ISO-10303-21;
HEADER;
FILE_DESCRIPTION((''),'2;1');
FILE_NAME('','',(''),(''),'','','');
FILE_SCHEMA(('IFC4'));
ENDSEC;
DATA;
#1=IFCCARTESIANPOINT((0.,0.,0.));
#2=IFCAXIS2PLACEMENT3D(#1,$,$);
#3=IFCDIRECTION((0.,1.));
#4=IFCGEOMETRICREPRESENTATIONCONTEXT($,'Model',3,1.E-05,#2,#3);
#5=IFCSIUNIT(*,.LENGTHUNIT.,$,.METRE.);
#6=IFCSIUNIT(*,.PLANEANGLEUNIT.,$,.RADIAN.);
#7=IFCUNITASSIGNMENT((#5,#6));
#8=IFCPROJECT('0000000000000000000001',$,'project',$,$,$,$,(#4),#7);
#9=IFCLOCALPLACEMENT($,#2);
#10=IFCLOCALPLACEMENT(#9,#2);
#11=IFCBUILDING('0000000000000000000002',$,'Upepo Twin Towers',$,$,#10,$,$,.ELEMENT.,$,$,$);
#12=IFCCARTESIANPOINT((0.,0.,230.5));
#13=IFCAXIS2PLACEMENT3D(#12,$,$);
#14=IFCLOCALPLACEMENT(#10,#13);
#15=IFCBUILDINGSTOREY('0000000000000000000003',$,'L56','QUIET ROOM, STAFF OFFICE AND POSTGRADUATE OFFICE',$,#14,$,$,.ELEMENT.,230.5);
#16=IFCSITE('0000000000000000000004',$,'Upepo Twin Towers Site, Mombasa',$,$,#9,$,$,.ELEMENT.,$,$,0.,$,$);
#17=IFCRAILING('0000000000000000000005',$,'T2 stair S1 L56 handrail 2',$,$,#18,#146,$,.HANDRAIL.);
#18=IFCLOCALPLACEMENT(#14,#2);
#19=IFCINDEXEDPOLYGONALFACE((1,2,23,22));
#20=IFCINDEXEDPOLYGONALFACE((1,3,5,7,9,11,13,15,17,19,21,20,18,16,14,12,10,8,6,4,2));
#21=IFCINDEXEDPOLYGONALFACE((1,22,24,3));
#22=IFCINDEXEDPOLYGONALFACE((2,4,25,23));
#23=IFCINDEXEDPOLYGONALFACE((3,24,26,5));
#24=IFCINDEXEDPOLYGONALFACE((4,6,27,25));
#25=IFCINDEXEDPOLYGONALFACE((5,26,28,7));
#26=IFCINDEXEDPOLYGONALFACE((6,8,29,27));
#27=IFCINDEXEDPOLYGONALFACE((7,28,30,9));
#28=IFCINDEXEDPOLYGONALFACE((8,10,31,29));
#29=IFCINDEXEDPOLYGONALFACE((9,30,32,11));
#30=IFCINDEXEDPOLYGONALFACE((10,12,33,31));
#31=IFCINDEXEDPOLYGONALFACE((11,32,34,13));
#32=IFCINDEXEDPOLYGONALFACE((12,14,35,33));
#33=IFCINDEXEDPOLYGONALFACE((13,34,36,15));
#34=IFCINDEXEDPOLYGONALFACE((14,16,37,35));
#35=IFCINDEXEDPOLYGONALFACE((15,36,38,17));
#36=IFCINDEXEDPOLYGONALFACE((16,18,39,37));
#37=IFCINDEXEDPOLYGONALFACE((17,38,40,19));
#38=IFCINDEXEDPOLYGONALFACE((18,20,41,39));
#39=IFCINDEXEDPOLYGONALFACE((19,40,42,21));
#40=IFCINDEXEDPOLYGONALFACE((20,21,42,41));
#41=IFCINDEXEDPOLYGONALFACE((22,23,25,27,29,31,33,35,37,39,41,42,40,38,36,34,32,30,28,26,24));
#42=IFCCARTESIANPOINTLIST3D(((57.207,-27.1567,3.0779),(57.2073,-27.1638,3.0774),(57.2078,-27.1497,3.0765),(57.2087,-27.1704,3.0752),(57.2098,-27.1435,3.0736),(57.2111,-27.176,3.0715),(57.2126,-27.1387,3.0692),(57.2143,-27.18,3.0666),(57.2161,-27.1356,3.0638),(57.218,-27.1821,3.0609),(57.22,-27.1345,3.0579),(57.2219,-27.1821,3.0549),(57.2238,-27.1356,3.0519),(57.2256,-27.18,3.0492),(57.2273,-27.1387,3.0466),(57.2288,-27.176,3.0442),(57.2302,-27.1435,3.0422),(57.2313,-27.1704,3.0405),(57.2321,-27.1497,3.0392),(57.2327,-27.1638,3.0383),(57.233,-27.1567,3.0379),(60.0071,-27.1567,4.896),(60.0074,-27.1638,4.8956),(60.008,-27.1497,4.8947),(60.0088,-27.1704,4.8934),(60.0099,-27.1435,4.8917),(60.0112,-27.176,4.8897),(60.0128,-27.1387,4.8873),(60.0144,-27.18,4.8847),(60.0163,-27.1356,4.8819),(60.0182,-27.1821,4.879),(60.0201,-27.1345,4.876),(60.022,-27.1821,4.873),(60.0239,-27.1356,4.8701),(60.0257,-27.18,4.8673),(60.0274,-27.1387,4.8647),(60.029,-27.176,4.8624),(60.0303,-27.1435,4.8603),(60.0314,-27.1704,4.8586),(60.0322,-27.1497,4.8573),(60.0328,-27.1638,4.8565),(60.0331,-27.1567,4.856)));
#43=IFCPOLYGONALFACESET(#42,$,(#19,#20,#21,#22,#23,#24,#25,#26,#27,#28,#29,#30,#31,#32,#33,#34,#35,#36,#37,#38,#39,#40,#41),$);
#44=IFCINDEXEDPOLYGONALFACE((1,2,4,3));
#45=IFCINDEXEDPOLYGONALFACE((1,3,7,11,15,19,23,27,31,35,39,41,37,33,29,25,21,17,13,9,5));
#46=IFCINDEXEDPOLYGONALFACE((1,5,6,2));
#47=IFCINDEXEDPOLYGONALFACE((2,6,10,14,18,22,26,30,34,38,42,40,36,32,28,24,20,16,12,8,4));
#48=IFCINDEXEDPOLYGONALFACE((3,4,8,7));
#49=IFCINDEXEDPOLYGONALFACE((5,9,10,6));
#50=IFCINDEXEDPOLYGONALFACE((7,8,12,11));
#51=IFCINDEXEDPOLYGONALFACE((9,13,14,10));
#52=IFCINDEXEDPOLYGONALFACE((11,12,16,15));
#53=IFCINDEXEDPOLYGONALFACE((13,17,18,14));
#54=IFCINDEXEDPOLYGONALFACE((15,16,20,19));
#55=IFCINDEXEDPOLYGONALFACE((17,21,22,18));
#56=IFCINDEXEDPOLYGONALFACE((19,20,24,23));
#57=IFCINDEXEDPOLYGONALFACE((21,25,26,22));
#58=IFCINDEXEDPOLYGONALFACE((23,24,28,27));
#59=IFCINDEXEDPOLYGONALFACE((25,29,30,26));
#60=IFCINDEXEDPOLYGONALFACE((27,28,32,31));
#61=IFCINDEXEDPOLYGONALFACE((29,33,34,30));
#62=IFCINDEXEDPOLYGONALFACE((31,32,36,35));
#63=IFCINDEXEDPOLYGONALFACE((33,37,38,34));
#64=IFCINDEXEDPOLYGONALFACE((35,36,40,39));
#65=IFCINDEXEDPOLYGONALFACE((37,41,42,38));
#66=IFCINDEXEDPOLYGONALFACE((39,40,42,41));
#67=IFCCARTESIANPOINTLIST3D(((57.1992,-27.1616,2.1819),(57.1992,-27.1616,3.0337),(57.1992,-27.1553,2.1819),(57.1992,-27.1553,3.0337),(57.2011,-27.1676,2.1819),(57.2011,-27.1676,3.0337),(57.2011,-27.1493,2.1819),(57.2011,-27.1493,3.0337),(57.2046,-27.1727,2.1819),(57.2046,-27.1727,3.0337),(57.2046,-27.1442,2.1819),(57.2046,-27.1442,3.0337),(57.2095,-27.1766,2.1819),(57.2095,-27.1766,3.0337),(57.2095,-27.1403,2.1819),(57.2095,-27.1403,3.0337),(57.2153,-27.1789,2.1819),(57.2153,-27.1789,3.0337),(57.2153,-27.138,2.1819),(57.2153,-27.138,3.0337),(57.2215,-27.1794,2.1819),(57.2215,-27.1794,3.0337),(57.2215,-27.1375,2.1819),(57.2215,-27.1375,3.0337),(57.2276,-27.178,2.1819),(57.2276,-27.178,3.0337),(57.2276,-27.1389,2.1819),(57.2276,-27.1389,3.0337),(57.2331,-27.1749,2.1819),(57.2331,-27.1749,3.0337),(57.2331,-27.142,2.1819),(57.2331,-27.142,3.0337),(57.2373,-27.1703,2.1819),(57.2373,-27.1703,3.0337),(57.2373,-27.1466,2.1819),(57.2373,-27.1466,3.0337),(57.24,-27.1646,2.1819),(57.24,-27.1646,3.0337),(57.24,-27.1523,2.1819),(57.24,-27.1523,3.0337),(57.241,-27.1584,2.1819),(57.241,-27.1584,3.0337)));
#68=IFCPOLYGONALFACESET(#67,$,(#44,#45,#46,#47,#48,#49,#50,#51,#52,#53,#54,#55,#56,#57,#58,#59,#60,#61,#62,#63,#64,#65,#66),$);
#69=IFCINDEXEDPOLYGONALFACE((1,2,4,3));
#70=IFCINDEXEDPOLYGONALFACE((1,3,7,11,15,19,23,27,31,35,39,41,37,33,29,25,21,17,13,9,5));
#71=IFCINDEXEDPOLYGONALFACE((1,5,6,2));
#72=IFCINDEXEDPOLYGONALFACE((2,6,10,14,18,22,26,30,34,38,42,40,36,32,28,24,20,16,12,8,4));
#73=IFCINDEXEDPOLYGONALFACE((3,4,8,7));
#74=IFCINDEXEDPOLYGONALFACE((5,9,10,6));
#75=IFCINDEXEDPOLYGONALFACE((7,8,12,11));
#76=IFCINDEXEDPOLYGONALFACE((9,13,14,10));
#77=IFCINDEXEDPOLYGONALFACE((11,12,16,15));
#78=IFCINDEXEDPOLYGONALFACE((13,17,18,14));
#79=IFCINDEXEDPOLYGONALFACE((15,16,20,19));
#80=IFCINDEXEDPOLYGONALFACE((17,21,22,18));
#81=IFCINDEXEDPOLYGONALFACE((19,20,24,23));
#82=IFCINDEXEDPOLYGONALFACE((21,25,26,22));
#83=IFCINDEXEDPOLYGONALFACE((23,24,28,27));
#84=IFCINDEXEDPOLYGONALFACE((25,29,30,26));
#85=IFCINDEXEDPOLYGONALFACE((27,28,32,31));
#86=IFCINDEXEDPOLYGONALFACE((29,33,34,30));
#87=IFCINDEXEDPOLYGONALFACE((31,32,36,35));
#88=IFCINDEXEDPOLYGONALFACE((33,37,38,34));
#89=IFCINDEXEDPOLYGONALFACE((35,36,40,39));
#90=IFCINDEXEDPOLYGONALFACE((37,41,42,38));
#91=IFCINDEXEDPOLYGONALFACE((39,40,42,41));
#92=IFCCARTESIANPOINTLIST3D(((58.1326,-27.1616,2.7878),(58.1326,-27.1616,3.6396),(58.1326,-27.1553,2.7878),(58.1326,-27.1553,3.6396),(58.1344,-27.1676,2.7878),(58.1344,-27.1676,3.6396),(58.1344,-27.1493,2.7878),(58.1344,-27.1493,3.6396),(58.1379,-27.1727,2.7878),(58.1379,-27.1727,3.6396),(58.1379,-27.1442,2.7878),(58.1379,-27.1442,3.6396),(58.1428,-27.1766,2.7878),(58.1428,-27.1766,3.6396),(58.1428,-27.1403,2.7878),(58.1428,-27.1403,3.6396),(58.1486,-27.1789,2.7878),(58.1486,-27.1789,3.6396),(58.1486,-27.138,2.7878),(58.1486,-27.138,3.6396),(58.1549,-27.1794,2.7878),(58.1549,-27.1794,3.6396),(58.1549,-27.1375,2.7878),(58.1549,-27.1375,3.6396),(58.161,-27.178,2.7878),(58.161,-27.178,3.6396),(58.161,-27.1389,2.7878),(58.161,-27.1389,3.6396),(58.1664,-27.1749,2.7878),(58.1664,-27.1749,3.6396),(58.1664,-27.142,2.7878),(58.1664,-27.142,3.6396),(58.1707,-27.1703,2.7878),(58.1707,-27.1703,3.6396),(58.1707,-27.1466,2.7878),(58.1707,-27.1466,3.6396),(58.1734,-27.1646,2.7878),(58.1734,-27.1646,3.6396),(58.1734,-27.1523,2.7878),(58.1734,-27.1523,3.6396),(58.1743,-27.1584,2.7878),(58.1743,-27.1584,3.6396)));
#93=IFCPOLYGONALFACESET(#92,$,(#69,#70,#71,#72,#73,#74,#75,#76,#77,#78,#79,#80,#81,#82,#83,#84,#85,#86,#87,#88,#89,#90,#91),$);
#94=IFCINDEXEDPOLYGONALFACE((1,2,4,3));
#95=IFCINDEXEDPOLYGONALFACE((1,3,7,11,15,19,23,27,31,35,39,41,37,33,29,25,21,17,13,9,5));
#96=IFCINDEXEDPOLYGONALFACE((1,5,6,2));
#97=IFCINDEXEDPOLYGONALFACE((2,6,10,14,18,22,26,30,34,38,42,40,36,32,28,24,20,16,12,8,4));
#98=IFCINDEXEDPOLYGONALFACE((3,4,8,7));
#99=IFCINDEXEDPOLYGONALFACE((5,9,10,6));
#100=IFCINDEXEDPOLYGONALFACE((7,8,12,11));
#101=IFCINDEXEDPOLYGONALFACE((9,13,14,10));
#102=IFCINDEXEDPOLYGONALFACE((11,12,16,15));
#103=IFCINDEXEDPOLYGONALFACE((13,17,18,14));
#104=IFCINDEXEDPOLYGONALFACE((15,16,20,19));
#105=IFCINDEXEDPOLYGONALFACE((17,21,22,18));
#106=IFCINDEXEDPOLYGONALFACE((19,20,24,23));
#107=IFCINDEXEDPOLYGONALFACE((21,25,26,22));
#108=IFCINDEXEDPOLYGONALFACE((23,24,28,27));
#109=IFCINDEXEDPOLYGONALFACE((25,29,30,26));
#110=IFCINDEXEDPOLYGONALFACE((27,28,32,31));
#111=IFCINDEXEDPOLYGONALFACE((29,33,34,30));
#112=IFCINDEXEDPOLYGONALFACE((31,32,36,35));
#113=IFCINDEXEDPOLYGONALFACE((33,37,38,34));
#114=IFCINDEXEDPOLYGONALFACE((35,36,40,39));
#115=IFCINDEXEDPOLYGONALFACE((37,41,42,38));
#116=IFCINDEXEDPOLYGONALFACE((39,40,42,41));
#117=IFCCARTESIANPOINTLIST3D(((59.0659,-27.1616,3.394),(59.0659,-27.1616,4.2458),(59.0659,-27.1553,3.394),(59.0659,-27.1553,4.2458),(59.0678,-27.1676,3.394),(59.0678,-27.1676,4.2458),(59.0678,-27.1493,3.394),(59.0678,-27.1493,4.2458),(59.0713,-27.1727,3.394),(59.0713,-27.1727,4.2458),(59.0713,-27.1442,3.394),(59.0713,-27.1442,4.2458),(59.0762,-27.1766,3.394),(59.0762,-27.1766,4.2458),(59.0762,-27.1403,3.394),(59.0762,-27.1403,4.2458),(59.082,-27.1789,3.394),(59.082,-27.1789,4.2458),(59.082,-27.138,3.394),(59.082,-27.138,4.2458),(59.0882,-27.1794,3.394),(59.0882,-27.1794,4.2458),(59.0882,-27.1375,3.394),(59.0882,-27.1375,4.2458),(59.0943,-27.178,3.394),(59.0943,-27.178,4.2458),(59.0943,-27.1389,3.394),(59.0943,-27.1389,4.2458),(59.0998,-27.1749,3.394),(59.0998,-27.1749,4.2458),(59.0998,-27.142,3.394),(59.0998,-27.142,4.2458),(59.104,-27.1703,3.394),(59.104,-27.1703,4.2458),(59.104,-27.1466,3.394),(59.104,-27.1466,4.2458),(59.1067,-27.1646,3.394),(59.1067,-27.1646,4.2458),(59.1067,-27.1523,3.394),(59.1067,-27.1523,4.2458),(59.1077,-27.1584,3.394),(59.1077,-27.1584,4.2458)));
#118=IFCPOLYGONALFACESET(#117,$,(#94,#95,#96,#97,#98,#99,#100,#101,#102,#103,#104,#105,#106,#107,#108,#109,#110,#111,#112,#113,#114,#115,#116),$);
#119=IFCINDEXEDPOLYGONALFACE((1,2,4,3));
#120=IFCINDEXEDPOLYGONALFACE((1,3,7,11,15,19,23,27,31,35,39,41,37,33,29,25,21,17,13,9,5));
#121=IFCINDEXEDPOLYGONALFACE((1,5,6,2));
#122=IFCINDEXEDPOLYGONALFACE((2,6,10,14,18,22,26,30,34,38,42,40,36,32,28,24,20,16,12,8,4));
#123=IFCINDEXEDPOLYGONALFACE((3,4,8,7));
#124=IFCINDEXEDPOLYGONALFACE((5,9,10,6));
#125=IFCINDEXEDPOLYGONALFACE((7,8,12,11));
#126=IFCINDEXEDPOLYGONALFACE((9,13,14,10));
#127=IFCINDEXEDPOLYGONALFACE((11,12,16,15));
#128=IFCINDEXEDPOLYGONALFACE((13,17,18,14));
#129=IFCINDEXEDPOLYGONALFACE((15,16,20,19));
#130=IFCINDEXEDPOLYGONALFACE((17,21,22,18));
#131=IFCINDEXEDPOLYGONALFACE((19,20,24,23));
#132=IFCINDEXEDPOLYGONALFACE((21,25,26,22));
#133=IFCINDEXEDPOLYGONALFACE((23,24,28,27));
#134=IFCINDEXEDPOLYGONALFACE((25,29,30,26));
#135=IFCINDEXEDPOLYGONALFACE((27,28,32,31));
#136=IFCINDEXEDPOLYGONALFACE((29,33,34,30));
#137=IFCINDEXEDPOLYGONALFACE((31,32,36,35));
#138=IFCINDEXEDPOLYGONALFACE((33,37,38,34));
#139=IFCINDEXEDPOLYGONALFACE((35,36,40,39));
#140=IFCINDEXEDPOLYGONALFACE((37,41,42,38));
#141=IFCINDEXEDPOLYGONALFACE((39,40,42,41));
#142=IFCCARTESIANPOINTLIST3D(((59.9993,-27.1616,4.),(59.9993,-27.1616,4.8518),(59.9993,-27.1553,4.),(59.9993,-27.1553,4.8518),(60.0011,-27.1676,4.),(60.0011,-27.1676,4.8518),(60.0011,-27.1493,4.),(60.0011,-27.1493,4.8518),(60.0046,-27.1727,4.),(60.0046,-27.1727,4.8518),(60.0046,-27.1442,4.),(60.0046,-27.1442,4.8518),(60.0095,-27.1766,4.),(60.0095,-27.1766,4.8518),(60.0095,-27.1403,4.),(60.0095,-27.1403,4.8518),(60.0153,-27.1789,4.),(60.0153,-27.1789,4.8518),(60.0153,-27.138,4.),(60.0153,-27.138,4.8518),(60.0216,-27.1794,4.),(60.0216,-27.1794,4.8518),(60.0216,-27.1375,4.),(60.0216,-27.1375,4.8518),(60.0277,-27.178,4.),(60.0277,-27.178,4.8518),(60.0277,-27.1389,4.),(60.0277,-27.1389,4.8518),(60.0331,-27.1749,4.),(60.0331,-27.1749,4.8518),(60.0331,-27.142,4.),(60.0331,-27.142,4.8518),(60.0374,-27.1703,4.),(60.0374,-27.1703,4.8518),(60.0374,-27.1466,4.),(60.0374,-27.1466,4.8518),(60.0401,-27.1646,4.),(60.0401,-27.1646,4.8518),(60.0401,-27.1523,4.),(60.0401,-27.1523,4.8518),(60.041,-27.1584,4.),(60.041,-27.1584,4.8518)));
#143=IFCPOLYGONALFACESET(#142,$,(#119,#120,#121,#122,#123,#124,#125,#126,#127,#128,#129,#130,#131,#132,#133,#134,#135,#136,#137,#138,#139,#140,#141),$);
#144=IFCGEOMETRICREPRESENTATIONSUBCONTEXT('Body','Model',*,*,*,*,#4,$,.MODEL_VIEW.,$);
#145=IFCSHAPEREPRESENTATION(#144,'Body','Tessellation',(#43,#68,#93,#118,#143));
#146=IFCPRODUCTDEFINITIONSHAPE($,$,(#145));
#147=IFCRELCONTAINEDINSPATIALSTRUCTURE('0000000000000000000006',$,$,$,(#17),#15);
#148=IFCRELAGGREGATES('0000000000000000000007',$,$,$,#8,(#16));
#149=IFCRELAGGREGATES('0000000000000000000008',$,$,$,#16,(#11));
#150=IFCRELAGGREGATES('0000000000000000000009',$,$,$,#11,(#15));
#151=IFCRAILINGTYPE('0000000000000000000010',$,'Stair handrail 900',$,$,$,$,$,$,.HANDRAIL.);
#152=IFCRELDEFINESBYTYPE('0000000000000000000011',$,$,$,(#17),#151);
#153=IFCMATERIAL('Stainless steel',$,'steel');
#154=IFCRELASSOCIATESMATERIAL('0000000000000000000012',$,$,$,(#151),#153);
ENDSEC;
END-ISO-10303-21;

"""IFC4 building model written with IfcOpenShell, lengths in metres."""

from ifc_helpers import new_model, si_unit, direction, frame, origin, origin_2d, place, context, subcontext, project, spatial, circle, extrude, material, type_object, element, save


model = new_model("IFC4")

# Units and contexts
model_context = context("Model", 3, precision=1e-05, world=origin(), true_north=direction((0.0, 1.0)))
body_context = subcontext(model_context, "Body", "Model", "MODEL_VIEW")
ifc_project = project(units=[si_unit("LENGTHUNIT", "METRE"), si_unit("PLANEANGLEUNIT", "RADIAN")], contexts=[model_context])

# Site, building, storey
site_placement = place(None, origin())
site = spatial("IfcSite", under=ifc_project, at=site_placement, Name="Upepo Twin Towers Site, Mombasa", CompositionType="ELEMENT", RefElevation=0.0)
building_placement = place(site_placement, origin())
building = spatial("IfcBuilding", under=site, at=building_placement, Name="Upepo Twin Towers", CompositionType="ELEMENT")
storey_placement = place(building_placement, frame((0.0, 0.0, 230.5)))
storey = spatial("IfcBuildingStorey", under=building, at=storey_placement, Name="L56", Description="QUIET ROOM, STAFF OFFICE AND POSTGRADUATE OFFICE", CompositionType="ELEMENT", Elevation=230.5)

# Railing
ifc_material_1 = material(Name="Stainless steel", Category="steel")
railing_type = type_object("IfcRailingType", Name="Stair handrail 900", PredefinedType="HANDRAIL", material=ifc_material_1)
railing_1_placement = place(storey_placement, frame((57.22, -27.1584, 2.1819)))
element("IfcRailing", 1, at=railing_1_placement, inside=storey, type_object=railing_type, Name="T2 stair S1 L56 handrail 2", PredefinedType="HANDRAIL", context=body_context, shape_type="SweptSolid", body=[
    extrude(circle(Radius=0.0239, at=origin_2d()), frame((0.0, 0.0, 0.876), z_axis=(0.838706, 0.0, 0.544585), x_axis=(0.0, 1.0, 0.0)), (0.0, 0.0, 1.0), 3.3386),
    extrude(circle(Radius=0.021, at=origin_2d()), origin(), (0.0, 0.0, 1.0), 0.8518),
    extrude(circle(Radius=0.021, at=origin_2d()), frame((0.9333, 0.0, 0.606)), (0.0, 0.0, 1.0), 0.8518),
    extrude(circle(Radius=0.021, at=origin_2d()), frame((1.8667, 0.0, 1.2122)), (0.0, 0.0, 1.0), 0.8518),
    extrude(circle(Radius=0.021, at=origin_2d()), frame((2.8, 0.0, 1.8181)), (0.0, 0.0, 1.0), 0.8518),
])

save(model, "model.ifc")
